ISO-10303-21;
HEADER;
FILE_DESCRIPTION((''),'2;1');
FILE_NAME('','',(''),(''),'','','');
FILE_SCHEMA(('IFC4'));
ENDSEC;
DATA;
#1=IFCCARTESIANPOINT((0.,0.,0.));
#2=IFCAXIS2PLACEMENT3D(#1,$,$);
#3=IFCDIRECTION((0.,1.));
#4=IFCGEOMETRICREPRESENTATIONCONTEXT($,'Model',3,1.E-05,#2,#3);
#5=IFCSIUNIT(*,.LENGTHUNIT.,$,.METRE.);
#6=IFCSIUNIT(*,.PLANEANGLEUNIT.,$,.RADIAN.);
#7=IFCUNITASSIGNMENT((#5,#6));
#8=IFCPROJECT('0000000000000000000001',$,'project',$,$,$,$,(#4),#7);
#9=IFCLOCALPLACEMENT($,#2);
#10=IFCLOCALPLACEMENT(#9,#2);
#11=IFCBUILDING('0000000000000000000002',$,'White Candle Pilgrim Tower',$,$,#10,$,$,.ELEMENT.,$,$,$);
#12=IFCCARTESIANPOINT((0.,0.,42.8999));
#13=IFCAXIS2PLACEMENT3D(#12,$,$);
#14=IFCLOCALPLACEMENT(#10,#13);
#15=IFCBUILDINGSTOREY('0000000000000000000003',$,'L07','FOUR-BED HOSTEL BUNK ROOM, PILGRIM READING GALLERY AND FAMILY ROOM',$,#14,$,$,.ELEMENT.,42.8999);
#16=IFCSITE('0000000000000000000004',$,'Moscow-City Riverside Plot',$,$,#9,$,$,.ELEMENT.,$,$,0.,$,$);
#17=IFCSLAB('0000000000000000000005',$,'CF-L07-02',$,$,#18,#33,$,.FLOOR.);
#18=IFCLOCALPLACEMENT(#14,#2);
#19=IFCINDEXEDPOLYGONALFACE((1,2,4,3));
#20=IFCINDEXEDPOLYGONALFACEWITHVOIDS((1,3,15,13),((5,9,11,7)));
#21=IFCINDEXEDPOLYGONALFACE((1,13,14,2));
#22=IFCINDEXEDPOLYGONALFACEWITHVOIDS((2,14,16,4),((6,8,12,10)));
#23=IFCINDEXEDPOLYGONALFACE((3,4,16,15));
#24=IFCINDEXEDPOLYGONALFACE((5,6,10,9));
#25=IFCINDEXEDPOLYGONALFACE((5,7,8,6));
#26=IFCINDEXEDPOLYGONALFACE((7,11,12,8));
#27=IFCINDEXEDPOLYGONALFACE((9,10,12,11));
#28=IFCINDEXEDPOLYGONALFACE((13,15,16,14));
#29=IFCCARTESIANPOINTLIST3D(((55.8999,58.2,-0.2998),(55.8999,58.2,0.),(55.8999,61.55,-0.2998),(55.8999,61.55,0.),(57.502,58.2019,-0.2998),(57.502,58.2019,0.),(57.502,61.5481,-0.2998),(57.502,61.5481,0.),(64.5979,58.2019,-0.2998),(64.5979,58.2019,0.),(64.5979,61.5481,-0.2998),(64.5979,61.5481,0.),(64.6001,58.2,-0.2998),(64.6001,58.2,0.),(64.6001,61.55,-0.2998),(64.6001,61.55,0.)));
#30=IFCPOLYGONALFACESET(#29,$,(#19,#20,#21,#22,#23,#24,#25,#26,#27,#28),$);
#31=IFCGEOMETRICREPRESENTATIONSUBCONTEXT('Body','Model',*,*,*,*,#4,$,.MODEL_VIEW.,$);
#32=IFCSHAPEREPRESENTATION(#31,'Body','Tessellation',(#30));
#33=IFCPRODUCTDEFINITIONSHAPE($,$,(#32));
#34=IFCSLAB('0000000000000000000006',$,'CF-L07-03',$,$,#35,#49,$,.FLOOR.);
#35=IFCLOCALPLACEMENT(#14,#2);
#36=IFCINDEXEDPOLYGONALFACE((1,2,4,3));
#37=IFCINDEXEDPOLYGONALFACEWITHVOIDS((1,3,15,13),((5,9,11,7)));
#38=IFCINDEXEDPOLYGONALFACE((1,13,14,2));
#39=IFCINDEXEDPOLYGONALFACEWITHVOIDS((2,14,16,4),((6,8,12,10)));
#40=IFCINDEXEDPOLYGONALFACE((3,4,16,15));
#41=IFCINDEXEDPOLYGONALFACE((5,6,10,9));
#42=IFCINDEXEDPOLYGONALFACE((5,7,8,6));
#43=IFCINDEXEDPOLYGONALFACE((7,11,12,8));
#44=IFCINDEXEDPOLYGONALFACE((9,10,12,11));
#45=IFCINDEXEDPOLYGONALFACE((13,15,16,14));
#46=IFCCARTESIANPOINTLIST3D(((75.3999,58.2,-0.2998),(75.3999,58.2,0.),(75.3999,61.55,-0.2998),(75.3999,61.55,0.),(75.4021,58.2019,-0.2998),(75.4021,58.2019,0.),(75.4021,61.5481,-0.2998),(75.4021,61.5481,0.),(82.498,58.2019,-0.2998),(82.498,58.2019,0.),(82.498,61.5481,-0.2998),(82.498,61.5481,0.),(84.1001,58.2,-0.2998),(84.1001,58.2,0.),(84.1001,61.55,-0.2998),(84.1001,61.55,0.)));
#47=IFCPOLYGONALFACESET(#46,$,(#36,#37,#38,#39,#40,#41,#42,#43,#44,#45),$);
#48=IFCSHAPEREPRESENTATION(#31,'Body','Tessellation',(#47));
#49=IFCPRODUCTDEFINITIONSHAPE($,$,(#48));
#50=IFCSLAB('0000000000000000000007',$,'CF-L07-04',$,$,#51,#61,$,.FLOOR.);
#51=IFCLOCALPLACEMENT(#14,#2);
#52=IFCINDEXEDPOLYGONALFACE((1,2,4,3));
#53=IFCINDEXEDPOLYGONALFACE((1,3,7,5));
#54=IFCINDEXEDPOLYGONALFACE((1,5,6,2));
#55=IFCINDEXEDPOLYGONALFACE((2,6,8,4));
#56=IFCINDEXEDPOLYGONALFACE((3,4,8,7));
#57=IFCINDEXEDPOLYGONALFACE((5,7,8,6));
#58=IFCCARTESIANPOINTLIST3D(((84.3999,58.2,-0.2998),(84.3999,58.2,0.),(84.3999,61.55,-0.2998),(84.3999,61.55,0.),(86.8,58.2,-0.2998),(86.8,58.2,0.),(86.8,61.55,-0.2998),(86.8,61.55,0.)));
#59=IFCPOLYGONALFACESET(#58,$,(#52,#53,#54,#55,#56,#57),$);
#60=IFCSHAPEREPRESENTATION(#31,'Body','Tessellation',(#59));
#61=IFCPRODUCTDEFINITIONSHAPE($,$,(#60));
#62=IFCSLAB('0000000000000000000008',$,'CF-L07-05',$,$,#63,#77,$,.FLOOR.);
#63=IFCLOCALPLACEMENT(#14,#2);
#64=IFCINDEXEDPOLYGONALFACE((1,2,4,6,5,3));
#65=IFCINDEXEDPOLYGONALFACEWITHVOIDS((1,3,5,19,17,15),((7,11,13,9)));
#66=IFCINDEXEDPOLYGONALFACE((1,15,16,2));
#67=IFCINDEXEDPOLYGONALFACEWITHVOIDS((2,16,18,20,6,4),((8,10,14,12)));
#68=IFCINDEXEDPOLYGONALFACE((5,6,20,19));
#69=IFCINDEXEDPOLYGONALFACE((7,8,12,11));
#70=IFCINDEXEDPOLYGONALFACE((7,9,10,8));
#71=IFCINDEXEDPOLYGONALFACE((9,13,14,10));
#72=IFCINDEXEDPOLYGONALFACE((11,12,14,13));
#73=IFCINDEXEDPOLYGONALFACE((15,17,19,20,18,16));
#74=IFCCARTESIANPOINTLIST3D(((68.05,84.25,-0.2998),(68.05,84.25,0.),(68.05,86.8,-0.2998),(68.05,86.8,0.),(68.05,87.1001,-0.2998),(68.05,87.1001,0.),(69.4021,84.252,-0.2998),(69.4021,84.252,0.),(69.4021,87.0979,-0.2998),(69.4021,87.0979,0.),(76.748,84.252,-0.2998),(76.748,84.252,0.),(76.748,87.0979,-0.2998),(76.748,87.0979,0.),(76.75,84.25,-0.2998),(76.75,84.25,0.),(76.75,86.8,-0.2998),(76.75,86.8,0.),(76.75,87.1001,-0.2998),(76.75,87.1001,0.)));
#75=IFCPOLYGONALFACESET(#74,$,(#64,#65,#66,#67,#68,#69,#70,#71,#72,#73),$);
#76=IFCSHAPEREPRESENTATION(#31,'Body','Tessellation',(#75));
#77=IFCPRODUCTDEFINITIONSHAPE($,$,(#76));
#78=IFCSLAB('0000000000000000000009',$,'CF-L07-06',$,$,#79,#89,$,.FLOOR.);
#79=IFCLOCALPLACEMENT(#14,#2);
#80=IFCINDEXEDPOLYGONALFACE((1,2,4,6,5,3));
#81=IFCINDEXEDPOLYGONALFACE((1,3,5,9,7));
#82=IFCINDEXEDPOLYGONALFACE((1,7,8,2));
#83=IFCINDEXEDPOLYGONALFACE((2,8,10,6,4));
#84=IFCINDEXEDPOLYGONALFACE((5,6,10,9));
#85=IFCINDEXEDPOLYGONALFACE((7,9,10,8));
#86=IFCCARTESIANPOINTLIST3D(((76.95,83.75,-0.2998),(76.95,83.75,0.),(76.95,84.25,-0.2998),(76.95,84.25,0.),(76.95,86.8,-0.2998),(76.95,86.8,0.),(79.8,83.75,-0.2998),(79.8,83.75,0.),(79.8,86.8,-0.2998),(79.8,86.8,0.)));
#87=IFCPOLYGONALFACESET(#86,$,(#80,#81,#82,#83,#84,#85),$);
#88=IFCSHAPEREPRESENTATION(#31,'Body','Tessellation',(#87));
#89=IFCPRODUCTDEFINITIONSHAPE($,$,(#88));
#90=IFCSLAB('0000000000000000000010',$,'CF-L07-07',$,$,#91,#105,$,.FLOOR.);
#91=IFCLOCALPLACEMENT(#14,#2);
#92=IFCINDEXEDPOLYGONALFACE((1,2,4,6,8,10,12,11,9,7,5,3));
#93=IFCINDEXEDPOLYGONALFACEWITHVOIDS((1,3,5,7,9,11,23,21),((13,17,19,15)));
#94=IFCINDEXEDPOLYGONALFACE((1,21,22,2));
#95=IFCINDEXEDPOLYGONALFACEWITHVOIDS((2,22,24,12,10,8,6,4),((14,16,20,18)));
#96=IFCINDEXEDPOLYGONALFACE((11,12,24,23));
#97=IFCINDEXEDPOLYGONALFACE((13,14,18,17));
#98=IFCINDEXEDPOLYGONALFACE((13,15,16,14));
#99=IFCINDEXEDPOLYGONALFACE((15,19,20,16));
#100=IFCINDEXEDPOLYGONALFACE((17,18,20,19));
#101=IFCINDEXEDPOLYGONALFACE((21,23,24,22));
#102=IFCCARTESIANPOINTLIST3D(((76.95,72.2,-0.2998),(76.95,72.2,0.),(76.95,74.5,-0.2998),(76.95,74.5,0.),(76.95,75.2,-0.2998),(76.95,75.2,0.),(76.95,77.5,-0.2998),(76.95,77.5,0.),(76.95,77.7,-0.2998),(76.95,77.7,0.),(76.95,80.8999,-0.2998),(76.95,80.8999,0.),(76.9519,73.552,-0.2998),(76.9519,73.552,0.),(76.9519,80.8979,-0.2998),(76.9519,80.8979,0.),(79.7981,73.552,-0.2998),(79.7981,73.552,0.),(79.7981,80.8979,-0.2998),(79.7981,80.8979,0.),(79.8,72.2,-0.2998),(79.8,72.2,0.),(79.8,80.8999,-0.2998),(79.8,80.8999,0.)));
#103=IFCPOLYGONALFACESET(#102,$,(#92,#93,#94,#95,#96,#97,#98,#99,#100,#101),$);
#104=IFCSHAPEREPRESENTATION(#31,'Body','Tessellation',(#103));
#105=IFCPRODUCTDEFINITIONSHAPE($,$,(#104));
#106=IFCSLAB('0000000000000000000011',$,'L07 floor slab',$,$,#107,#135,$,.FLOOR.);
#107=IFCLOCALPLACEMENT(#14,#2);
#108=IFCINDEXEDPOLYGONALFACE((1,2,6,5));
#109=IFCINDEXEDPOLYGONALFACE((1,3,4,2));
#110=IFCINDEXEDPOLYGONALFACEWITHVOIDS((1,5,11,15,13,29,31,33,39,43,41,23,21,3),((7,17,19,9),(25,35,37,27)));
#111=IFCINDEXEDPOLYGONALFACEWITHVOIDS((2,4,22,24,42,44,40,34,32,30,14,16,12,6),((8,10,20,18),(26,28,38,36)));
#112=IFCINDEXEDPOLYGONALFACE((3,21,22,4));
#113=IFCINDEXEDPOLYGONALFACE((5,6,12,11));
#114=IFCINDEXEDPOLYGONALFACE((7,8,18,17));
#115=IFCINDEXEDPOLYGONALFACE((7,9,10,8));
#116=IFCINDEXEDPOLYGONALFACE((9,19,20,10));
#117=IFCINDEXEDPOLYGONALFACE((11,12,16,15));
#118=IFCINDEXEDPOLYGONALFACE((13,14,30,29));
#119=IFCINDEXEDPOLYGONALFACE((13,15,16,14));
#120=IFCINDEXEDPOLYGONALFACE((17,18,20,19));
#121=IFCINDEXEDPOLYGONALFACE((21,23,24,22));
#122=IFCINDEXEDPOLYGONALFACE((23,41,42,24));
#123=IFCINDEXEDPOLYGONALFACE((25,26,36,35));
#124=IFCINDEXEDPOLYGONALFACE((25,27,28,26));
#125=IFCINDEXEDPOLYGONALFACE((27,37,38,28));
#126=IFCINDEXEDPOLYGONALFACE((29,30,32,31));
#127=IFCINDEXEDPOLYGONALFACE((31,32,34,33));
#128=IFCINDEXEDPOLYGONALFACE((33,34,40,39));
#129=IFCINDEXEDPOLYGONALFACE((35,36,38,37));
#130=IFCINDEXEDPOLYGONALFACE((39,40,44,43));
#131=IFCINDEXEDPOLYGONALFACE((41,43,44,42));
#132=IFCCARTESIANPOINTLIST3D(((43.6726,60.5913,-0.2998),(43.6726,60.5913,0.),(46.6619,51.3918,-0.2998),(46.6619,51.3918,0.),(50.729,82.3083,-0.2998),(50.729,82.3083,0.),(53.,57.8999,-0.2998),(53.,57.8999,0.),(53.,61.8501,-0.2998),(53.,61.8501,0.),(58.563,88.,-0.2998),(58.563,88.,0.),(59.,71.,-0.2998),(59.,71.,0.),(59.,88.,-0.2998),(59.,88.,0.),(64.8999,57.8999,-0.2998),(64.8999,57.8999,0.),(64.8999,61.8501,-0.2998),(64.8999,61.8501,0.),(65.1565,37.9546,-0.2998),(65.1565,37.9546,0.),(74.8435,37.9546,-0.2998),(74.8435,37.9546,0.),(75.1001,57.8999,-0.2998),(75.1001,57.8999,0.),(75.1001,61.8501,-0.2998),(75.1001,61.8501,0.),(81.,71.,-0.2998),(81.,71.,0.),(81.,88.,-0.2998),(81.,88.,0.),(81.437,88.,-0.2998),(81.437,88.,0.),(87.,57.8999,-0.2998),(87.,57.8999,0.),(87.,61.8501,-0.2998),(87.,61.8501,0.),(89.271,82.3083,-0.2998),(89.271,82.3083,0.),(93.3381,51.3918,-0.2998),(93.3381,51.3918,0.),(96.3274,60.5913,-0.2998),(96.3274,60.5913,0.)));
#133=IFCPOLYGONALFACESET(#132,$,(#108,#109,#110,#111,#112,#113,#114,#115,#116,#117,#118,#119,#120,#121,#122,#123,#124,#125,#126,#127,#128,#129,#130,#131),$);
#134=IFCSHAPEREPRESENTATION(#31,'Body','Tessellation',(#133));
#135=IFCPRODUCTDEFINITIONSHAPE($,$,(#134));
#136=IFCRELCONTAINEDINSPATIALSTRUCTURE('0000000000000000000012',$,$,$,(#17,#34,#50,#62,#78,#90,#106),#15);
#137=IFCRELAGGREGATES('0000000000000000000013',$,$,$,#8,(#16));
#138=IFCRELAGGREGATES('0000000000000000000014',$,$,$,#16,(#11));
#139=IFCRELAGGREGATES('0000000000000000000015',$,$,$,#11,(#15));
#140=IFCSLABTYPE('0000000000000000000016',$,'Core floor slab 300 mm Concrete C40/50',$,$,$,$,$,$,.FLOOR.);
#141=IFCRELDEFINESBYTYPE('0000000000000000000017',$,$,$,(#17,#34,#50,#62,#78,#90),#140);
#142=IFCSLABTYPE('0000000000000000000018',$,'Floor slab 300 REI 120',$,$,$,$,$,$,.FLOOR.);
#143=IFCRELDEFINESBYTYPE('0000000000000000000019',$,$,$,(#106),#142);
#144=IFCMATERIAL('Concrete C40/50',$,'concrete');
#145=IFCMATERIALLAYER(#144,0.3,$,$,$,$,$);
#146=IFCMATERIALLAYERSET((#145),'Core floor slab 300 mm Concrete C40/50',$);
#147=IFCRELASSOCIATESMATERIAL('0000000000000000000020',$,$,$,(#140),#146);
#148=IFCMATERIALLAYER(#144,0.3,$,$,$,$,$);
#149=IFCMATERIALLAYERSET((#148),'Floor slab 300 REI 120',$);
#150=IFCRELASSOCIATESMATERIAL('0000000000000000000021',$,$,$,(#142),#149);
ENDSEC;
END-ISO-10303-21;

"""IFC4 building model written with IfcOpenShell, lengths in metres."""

from ifc_helpers import new_model, si_unit, direction, frame, origin, place, context, subcontext, project, spatial, polyline, outline, extrude, material, layer, layer_set, type_object, element, save


model = new_model("IFC4")

# Units and contexts
model_context = context("Model", 3, precision=1e-05, world=origin(), true_north=direction((0.0, 1.0)))
body_context = subcontext(model_context, "Body", "Model", "MODEL_VIEW")
ifc_project = project(units=[si_unit("LENGTHUNIT", "METRE"), si_unit("PLANEANGLEUNIT", "RADIAN")], contexts=[model_context])

# Site, building, storey
site_placement = place(None, origin())
site = spatial("IfcSite", under=ifc_project, at=site_placement, Name="Moscow-City Riverside Plot", CompositionType="ELEMENT", RefElevation=0.0)
building_placement = place(site_placement, origin())
building = spatial("IfcBuilding", under=site, at=building_placement, Name="White Candle Pilgrim Tower", CompositionType="ELEMENT")
storey_placement = place(building_placement, frame((0.0, 0.0, 42.8999)))
storey = spatial("IfcBuildingStorey", under=building, at=storey_placement, Name="L07", Description="FOUR-BED HOSTEL BUNK ROOM, PILGRIM READING GALLERY AND FAMILY ROOM", CompositionType="ELEMENT", Elevation=42.8999)

# Slabs
ifc_material_1 = material(Name="Concrete C40/50", Category="concrete")
ifc_layer_1 = layer(ifc_material_1, 0.3)
ifc_layer_set_1 = layer_set([ifc_layer_1], Name="Core floor slab 300 mm Concrete C40/50")
slab_type_1 = type_object("IfcSlabType", Name="Core floor slab 300 mm Concrete C40/50", PredefinedType="FLOOR", material=ifc_layer_set_1)
slab_1_placement = place(storey_placement, frame((0.0, 0.0, -0.2998)))
element("IfcSlab", 1, at=slab_1_placement, inside=storey, type_object=slab_type_1, Name="CF-L07-02", PredefinedType="FLOOR", context=body_context, shape_type="SweptSolid", body=[
    extrude(outline(polyline([(55.8999, 58.2), (55.8999, 61.55), (64.6001, 61.55), (64.6001, 58.2), (55.8999, 58.2)]), holes=[polyline([(57.502, 61.5481), (57.502, 58.2019), (64.5979, 58.2019), (64.5979, 61.5481), (57.502, 61.5481)])]), origin(), (0.0, 0.0, 1.0), 0.2998),
])
slab_2_placement = place(storey_placement, frame((0.0, 0.0, -0.2998)))
element("IfcSlab", 2, at=slab_2_placement, inside=storey, type_object=slab_type_1, Name="CF-L07-03", PredefinedType="FLOOR", context=body_context, shape_type="SweptSolid", body=[
    extrude(outline(polyline([(75.3999, 58.2), (75.3999, 61.55), (84.1001, 61.55), (84.1001, 58.2), (75.3999, 58.2)]), holes=[polyline([(82.498, 58.2019), (82.498, 61.5481), (75.4021, 61.5481), (75.4021, 58.2019), (82.498, 58.2019)])]), origin(), (0.0, 0.0, 1.0), 0.2998),
])
slab_3_placement = place(storey_placement, frame((0.0, 0.0, -0.2998)))
element("IfcSlab", 3, at=slab_3_placement, inside=storey, type_object=slab_type_1, Name="CF-L07-04", PredefinedType="FLOOR", context=body_context, shape_type="SweptSolid", body=[
    extrude(outline(polyline([(86.8, 58.2), (84.3999, 58.2), (84.3999, 61.55), (86.8, 61.55), (86.8, 58.2)])), origin(), (0.0, 0.0, 1.0), 0.2998),
])
slab_4_placement = place(storey_placement, frame((0.0, 0.0, -0.2998)))
element("IfcSlab", 4, at=slab_4_placement, inside=storey, type_object=slab_type_1, Name="CF-L07-05", PredefinedType="FLOOR", context=body_context, shape_type="SweptSolid", body=[
    extrude(outline(polyline([(76.75, 87.1001), (76.75, 86.8), (76.75, 84.25), (68.05, 84.25), (68.05, 86.8), (68.05, 87.1001), (76.75, 87.1001)]), holes=[polyline([(69.4021, 87.0979), (69.4021, 84.252), (76.748, 84.252), (76.748, 87.0979), (69.4021, 87.0979)])]), origin(), (0.0, 0.0, 1.0), 0.2998),
])
slab_5_placement = place(storey_placement, frame((0.0, 0.0, -0.2998)))
element("IfcSlab", 5, at=slab_5_placement, inside=storey, type_object=slab_type_1, Name="CF-L07-06", PredefinedType="FLOOR", context=body_context, shape_type="SweptSolid", body=[
    extrude(outline(polyline([(79.8, 86.8), (79.8, 83.75), (76.95, 83.75), (76.95, 84.25), (76.95, 86.8), (79.8, 86.8)])), origin(), (0.0, 0.0, 1.0), 0.2998),
])
slab_6_placement = place(storey_placement, frame((0.0, 0.0, -0.2998)))
element("IfcSlab", 6, at=slab_6_placement, inside=storey, type_object=slab_type_1, Name="CF-L07-07", PredefinedType="FLOOR", context=body_context, shape_type="SweptSolid", body=[
    extrude(outline(polyline([(79.8, 72.2), (76.95, 72.2), (76.95, 74.5), (76.95, 75.2), (76.95, 77.5), (76.95, 77.7), (76.95, 80.8999), (79.8, 80.8999), (79.8, 72.2)]), holes=[polyline([(76.9519, 73.552), (79.7981, 73.552), (79.7981, 80.8979), (76.9519, 80.8979), (76.9519, 73.552)])]), origin(), (0.0, 0.0, 1.0), 0.2998),
])
ifc_layer_2 = layer(ifc_material_1, 0.3)
ifc_layer_set_2 = layer_set([ifc_layer_2], Name="Floor slab 300 REI 120")
slab_type_2 = type_object("IfcSlabType", Name="Floor slab 300 REI 120", PredefinedType="FLOOR", material=ifc_layer_set_2)
slab_7_placement = place(storey_placement, frame((0.0, 0.0, -0.2998)))
element("IfcSlab", 7, at=slab_7_placement, inside=storey, type_object=slab_type_2, Name="L07 floor slab", PredefinedType="FLOOR", context=body_context, shape_type="SweptSolid", body=[
    extrude(outline(polyline([(65.1565, 37.9546), (74.8435, 37.9546), (93.3381, 51.3918), (96.3274, 60.5913), (89.271, 82.3083), (81.437, 88.0), (81.0, 88.0), (81.0, 71.0), (59.0, 71.0), (59.0, 88.0), (58.563, 88.0), (50.729, 82.3083), (43.6726, 60.5913), (46.6619, 51.3918), (65.1565, 37.9546)]), holes=[polyline([(53.0, 57.8999), (53.0, 61.8501), (64.8999, 61.8501), (64.8999, 57.8999), (53.0, 57.8999)]), polyline([(75.1001, 57.8999), (75.1001, 61.8501), (87.0, 61.8501), (87.0, 57.8999), (75.1001, 57.8999)])]), origin(), (0.0, 0.0, 1.0), 0.2998),
])

save(model, "model.ifc")
